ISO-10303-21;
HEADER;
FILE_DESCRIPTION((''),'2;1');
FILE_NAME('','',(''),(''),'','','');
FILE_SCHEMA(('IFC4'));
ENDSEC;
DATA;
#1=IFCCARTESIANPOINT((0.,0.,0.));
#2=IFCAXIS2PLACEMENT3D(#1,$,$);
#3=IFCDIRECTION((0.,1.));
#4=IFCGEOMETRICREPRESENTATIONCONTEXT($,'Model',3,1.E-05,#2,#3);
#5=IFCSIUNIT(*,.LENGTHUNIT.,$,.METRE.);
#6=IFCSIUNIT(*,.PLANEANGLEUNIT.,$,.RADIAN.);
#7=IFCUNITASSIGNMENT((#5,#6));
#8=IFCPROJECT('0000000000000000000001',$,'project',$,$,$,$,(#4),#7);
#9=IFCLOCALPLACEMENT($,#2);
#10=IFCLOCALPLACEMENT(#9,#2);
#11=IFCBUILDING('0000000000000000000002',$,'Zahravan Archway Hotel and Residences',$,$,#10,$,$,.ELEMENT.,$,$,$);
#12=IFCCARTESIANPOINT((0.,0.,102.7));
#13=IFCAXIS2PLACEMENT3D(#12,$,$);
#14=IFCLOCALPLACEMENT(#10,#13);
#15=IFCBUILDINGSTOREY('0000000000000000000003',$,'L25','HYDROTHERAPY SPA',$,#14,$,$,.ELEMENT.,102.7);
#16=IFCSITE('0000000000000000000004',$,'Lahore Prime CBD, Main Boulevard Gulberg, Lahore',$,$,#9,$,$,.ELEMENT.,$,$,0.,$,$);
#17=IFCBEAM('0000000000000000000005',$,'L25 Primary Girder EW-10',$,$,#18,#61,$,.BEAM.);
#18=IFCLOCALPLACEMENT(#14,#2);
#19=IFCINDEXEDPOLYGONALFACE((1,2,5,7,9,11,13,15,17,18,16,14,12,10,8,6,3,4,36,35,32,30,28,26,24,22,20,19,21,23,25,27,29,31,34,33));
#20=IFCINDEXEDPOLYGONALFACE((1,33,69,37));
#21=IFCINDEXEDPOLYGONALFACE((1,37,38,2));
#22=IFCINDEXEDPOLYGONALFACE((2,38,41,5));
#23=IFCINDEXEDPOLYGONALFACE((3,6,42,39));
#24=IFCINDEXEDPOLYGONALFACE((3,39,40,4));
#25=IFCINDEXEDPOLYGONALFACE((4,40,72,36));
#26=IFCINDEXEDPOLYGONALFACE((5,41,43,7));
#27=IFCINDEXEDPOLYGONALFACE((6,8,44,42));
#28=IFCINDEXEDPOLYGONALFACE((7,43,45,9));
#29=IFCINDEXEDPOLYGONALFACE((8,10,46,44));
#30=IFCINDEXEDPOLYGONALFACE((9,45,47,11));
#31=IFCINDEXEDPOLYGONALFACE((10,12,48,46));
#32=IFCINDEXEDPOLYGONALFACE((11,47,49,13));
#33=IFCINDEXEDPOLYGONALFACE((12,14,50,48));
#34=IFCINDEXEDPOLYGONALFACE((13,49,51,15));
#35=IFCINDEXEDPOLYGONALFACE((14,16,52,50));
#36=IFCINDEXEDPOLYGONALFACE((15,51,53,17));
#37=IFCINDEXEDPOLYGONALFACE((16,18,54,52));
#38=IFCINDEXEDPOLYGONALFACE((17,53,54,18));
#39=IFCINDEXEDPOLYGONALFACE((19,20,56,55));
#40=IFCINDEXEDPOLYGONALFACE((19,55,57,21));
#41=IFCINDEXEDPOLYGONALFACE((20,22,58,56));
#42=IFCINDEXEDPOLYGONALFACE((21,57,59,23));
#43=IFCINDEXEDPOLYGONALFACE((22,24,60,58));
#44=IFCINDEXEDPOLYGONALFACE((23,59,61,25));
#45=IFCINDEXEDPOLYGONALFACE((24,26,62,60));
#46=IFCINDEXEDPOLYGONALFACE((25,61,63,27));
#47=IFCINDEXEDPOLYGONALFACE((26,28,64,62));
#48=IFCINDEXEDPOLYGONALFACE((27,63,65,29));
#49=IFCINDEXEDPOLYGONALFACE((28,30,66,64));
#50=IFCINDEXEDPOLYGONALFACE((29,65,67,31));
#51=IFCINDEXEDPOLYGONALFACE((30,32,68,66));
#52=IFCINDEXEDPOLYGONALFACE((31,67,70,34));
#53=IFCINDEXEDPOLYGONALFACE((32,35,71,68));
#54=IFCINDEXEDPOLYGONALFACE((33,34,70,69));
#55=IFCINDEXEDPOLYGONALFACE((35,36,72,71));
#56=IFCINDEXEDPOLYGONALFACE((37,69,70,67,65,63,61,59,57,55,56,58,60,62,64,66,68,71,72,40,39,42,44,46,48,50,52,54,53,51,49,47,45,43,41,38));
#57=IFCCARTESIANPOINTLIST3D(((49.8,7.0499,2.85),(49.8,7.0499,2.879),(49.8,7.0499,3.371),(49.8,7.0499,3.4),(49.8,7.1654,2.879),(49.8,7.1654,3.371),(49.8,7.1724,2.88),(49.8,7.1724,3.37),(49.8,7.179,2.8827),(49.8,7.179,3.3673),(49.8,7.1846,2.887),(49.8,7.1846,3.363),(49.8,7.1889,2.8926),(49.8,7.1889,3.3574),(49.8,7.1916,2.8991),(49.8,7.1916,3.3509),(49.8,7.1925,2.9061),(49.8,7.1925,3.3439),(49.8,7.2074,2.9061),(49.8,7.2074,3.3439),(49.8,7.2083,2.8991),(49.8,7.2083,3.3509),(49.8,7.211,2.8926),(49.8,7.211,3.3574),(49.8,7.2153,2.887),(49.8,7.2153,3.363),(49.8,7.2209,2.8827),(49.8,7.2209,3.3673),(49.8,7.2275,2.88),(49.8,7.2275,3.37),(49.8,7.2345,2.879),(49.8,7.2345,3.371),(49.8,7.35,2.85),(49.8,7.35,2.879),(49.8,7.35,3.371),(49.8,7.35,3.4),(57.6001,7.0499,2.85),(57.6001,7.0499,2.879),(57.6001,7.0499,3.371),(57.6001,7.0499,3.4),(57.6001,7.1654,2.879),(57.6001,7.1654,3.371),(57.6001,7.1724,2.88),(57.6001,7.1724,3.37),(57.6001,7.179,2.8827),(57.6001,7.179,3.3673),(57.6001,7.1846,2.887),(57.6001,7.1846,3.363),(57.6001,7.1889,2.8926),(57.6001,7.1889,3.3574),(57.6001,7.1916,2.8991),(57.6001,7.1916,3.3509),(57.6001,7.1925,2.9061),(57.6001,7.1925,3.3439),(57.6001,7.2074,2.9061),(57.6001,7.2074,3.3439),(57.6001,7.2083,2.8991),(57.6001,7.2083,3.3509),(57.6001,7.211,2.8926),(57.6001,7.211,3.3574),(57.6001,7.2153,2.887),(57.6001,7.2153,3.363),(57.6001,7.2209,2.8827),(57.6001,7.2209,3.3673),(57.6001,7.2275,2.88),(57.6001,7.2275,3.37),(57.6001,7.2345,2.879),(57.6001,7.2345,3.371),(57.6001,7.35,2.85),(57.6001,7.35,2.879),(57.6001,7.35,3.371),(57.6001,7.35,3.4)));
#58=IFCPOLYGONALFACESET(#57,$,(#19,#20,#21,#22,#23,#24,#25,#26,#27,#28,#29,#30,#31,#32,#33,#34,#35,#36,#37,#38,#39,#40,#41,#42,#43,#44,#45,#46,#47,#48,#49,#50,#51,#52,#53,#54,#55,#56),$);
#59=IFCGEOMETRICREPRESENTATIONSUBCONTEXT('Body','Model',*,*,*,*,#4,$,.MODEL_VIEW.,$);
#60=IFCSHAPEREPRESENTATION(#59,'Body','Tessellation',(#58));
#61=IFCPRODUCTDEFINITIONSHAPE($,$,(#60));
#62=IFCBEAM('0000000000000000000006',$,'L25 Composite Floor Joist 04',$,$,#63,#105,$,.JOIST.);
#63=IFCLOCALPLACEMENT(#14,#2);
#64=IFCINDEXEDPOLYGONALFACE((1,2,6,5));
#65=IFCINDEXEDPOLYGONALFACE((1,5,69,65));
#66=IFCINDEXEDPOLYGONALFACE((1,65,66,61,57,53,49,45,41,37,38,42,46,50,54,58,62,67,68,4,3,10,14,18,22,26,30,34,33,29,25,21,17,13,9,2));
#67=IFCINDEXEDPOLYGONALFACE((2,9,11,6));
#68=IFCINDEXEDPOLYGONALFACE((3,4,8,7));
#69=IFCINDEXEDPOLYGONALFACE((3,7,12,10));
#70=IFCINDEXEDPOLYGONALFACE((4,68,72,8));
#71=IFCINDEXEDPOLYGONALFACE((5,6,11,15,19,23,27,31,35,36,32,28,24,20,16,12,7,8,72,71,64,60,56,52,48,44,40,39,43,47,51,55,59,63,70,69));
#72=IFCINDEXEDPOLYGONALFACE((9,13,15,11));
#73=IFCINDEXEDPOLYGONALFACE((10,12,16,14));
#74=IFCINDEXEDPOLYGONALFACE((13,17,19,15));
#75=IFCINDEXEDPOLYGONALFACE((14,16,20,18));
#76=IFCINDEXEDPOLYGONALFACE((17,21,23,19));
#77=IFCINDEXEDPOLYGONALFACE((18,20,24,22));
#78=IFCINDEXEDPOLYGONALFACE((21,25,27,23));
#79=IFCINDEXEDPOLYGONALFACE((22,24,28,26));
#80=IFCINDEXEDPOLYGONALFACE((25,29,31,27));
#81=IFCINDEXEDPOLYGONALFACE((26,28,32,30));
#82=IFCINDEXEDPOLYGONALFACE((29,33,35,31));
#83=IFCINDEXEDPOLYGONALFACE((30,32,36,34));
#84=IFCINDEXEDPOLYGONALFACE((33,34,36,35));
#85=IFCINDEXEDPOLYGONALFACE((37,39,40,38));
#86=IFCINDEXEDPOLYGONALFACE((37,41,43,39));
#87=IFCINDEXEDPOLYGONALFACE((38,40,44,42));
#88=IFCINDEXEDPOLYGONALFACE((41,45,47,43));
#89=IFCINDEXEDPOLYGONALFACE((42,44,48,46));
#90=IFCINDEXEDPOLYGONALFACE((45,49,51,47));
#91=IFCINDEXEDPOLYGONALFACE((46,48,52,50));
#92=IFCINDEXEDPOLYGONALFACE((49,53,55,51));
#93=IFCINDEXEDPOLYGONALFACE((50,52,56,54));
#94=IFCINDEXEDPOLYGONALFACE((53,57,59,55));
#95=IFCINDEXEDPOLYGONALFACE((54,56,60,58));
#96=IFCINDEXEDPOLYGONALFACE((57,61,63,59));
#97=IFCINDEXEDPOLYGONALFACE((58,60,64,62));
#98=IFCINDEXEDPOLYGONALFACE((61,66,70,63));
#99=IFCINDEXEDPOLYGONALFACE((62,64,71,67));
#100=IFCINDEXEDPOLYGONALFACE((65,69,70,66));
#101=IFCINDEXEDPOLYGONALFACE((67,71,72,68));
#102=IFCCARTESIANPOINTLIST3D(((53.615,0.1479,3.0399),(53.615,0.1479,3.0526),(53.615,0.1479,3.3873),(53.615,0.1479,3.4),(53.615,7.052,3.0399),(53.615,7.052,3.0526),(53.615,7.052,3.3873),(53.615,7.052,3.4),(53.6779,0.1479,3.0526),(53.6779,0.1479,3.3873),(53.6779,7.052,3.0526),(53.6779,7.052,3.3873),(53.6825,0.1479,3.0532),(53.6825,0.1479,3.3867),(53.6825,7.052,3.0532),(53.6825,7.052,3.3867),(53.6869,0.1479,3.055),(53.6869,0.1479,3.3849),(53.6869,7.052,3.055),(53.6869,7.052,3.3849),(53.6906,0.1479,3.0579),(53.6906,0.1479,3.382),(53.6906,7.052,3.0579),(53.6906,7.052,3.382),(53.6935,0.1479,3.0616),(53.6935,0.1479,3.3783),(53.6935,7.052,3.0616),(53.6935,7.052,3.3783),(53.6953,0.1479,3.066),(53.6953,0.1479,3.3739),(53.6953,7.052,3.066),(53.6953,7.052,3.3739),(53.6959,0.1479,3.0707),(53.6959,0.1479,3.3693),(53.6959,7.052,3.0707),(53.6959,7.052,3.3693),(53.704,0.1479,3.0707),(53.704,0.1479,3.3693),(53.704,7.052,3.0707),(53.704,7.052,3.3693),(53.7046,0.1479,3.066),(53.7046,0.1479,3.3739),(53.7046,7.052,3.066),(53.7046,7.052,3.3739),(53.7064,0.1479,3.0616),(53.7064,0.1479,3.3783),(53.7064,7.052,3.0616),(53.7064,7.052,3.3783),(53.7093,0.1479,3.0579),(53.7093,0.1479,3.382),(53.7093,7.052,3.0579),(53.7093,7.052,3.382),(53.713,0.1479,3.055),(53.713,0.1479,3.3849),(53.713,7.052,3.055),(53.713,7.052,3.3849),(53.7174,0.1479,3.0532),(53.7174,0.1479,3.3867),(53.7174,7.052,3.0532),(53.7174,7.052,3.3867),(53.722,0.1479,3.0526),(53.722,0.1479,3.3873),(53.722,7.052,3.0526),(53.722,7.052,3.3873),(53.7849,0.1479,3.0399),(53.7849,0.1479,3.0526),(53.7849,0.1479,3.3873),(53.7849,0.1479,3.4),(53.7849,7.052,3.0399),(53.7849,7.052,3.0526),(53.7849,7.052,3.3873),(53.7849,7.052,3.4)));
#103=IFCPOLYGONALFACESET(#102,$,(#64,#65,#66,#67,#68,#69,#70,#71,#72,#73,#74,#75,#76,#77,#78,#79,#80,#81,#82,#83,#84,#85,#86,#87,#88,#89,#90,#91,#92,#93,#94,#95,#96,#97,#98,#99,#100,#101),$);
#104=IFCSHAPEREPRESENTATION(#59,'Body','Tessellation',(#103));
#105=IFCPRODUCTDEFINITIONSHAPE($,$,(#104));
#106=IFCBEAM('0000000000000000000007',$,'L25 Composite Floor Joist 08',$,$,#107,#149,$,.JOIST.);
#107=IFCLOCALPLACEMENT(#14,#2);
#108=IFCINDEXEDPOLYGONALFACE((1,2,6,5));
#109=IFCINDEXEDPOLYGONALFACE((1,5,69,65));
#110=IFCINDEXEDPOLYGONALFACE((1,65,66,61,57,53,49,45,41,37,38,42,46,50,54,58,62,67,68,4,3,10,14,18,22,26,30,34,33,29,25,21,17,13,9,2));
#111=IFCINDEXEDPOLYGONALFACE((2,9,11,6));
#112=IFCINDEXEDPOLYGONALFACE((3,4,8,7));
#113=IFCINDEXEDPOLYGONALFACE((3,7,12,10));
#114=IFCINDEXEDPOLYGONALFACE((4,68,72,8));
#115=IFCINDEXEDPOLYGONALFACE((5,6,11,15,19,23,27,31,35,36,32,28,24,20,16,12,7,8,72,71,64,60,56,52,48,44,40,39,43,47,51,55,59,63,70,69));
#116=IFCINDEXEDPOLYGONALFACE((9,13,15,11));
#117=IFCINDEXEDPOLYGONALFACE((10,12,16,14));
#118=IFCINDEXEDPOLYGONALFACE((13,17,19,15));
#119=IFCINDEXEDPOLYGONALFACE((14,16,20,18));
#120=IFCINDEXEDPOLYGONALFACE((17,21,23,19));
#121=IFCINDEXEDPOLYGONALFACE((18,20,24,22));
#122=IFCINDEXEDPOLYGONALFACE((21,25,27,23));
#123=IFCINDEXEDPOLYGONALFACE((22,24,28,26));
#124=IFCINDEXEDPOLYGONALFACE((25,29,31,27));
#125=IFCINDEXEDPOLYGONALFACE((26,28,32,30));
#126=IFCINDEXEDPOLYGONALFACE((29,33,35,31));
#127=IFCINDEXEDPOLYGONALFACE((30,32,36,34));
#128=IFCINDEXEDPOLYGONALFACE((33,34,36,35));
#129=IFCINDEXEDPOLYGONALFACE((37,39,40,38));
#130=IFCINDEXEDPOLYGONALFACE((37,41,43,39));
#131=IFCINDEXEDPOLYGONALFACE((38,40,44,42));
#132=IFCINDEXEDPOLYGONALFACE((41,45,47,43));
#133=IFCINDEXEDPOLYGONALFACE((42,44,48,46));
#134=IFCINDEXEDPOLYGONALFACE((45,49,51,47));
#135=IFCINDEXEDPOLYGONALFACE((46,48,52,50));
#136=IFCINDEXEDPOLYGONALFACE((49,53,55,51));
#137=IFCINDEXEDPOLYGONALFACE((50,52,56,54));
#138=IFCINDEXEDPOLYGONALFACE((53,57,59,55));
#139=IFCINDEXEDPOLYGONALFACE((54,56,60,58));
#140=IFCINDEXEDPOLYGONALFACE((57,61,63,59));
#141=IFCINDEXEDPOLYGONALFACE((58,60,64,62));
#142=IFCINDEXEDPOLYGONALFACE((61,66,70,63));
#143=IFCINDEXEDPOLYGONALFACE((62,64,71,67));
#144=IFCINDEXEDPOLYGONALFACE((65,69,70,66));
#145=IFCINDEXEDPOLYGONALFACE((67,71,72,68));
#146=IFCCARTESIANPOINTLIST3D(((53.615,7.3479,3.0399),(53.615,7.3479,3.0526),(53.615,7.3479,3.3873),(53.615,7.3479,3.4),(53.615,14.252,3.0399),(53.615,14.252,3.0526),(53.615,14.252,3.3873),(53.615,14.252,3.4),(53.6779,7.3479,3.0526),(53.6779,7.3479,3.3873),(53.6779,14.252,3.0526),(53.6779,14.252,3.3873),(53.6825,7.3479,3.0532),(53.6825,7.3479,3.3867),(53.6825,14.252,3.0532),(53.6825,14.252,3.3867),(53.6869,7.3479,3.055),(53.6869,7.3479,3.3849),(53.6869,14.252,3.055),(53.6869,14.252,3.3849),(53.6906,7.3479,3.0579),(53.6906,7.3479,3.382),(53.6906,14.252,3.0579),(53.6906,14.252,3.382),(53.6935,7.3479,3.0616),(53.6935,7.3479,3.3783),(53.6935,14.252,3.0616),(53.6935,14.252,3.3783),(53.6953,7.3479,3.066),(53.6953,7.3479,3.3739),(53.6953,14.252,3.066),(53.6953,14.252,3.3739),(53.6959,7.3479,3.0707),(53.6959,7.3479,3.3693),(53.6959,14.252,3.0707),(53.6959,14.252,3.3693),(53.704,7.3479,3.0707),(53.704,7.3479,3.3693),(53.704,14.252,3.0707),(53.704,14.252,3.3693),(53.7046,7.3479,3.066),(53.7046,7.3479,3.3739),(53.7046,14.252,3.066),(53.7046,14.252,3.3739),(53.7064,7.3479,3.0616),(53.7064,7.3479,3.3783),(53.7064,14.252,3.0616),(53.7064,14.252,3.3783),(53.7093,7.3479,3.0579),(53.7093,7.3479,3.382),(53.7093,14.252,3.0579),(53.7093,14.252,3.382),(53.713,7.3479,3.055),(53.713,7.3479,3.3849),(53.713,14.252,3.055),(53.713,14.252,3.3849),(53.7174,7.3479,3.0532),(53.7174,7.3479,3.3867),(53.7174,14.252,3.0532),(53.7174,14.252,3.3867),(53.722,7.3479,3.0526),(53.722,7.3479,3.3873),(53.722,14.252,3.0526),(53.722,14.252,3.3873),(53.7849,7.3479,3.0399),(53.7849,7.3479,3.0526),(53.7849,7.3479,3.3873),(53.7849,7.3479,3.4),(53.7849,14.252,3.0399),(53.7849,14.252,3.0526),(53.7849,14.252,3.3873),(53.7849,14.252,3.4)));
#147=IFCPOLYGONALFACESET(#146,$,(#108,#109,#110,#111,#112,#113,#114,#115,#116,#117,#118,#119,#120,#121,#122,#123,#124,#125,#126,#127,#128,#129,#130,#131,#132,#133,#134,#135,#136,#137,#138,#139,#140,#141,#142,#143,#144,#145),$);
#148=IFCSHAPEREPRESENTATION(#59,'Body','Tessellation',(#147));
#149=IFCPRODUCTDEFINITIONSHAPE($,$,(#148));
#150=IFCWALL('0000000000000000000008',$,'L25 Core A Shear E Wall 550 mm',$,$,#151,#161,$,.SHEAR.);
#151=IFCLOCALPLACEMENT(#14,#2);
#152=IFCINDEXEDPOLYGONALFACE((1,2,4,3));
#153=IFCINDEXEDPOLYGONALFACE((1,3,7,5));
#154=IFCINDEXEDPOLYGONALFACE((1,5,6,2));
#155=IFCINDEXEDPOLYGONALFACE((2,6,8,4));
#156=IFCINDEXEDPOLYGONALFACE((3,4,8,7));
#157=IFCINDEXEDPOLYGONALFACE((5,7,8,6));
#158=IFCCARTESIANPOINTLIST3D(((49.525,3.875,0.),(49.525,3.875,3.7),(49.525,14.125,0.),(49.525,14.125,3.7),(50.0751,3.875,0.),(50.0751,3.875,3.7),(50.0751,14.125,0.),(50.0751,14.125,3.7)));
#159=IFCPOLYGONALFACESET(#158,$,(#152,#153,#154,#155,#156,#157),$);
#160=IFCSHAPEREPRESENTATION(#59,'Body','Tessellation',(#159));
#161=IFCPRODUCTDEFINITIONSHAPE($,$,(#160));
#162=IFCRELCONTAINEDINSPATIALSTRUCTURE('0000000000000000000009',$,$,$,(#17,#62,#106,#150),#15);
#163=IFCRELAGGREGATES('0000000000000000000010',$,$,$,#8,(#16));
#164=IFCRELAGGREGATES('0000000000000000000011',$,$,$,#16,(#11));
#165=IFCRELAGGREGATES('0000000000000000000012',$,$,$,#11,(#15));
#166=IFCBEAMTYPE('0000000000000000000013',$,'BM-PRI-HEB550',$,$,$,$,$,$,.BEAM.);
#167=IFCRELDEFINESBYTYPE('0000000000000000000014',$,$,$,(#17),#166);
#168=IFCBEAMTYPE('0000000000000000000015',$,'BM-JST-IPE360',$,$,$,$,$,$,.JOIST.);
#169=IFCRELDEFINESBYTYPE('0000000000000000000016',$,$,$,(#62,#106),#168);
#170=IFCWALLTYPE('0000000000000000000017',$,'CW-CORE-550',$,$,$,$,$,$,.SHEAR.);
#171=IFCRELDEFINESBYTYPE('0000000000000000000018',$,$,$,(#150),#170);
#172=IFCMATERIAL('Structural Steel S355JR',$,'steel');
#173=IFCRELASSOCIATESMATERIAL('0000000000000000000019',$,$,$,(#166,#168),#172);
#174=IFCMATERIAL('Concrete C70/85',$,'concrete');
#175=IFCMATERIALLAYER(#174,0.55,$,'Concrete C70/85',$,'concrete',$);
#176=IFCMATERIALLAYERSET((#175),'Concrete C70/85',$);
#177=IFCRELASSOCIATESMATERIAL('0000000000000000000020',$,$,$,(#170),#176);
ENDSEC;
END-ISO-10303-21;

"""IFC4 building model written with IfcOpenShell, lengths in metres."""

from ifc_helpers import new_model, si_unit, direction, frame, frame_2d, origin, origin_2d, place, context, subcontext, project, spatial, rectangle, i_section, extrude, source, transform, mapped, material, layer, layer_set, material_profile, profile_set, type_object, type_shapes, element, save


model = new_model("IFC4")

# Units and contexts
model_context = context("Model", 3, precision=1e-05, world=origin(), true_north=direction((0.0, 1.0)))
body_context = subcontext(model_context, "Body", "Model", "MODEL_VIEW")
ifc_project = project(units=[si_unit("LENGTHUNIT", "METRE"), si_unit("PLANEANGLEUNIT", "RADIAN")], contexts=[model_context])

# Site, building, storey
site_placement = place(None, origin())
site = spatial("IfcSite", under=ifc_project, at=site_placement, Name="Lahore Prime CBD, Main Boulevard Gulberg, Lahore", CompositionType="ELEMENT", RefElevation=0.0)
building_placement = place(site_placement, origin())
building = spatial("IfcBuilding", under=site, at=building_placement, Name="Zahravan Archway Hotel and Residences", CompositionType="ELEMENT")
storey_placement = place(building_placement, frame((0.0, 0.0, 102.7)))
storey = spatial("IfcBuildingStorey", under=building, at=storey_placement, Name="L25", Description="HYDROTHERAPY SPA", CompositionType="ELEMENT", Elevation=102.7)

# Shared definitions
ifc_material_1 = material(Name="Concrete C70/85", Category="concrete")

# Beams
ifc_material_2 = material(Name="Structural Steel S355JR", Category="steel")
ifc_material_profile_1 = material_profile(ifc_material_2, i_section(OverallWidth=0.3, OverallDepth=0.55, WebThickness=0.0149, FlangeThickness=0.0291, FilletRadius=0.0271, at=origin_2d()), Name="HEB 550", Category="steel")
ifc_profile_set_1 = profile_set([ifc_material_profile_1], Name="Structural Steel S355JR")
beam_type_1 = type_object("IfcBeamType", Name="BM-PRI-HEB550", PredefinedType="BEAM", material=ifc_profile_set_1)
shared_shape_1 = source(origin(), body_context, "Body", "SweptSolid", [
    extrude(i_section(OverallWidth=0.3, OverallDepth=0.55, WebThickness=0.0149, FlangeThickness=0.0291, FilletRadius=0.0271, at=origin_2d()), origin(), (0.0, 0.0, 1.0), 7.8),
])
for number, where, z_axis, x_axis, name in (
    (1, (49.8, 7.2, 3.125), (1.0, 0.0, 0.0), (0.0, 1.0, 0.0), "L25 Primary Girder EW-10"),
):
    element("IfcBeam", number, at=place(storey_placement, frame(where, z_axis=z_axis, x_axis=x_axis)), inside=storey, type_object=beam_type_1, Name=name, PredefinedType="BEAM", context=body_context, shape_type="MappedRepresentation", body=[
        mapped(shared_shape_1, transform((0.0, 0.0, 0.0), scale=1.0)),
    ])
ifc_material_profile_2 = material_profile(ifc_material_2, i_section(OverallWidth=0.1699, OverallDepth=0.3601, WebThickness=0.0081, FlangeThickness=0.0127, FilletRadius=0.0181, at=origin_2d()), Name="IPE 360", Category="steel")
ifc_profile_set_2 = profile_set([ifc_material_profile_2], Name="Structural Steel S355JR")
beam_type_2 = type_object("IfcBeamType", Name="BM-JST-IPE360", PredefinedType="JOIST", material=ifc_profile_set_2)
shared_shape_2 = source(origin(), body_context, "Body", "SweptSolid", [
    extrude(i_section(OverallWidth=0.1699, OverallDepth=0.3601, WebThickness=0.0081, FlangeThickness=0.0127, FilletRadius=0.0181, at=origin_2d()), origin(), (0.0, 0.0, 1.0), 6.9041),
])
type_shapes(beam_type_2, [shared_shape_2])
for number, where, z_axis, x_axis, name in (
    (2, (53.7, 0.1479, 3.22), (0.0, 1.0, 0.0), (-1.0, 0.0, 0.0), "L25 Composite Floor Joist 04"),
    (3, (53.7, 7.3479, 3.22), (0.0, 1.0, 0.0), (-1.0, 0.0, 0.0), "L25 Composite Floor Joist 08"),
):
    element("IfcBeam", number, at=place(storey_placement, frame(where, z_axis=z_axis, x_axis=x_axis)), inside=storey, type_object=beam_type_2, Name=name, PredefinedType="JOIST", context=body_context, shape_type="MappedRepresentation", body=[
        mapped(shared_shape_2, transform((0.0, 0.0, 0.0), scale=1.0)),
    ])

# Wall
ifc_layer_1 = layer(ifc_material_1, 0.55, Name="Concrete C70/85", Category="concrete")
ifc_layer_set_1 = layer_set([ifc_layer_1], Name="Concrete C70/85")
wall_type_1 = type_object("IfcWallType", Name="CW-CORE-550", PredefinedType="SHEAR", material=ifc_layer_set_1)
wall_1_placement = place(storey_placement, frame((49.8, 3.875, 0.0), z_axis=(0.0, 0.0, 1.0), x_axis=(0.0, 1.0, 0.0)))
element("IfcWall", 4, at=wall_1_placement, inside=storey, type_object=wall_type_1, Name="L25 Core A Shear E Wall 550 mm", PredefinedType="SHEAR", context=body_context, shape_type="SweptSolid", body=[
    extrude(rectangle(XDim=10.25, YDim=0.55, at=frame_2d((5.125, 0.0))), origin(), (0.0, 0.0, 1.0), 3.7),
])

save(model, "model.ifc")
